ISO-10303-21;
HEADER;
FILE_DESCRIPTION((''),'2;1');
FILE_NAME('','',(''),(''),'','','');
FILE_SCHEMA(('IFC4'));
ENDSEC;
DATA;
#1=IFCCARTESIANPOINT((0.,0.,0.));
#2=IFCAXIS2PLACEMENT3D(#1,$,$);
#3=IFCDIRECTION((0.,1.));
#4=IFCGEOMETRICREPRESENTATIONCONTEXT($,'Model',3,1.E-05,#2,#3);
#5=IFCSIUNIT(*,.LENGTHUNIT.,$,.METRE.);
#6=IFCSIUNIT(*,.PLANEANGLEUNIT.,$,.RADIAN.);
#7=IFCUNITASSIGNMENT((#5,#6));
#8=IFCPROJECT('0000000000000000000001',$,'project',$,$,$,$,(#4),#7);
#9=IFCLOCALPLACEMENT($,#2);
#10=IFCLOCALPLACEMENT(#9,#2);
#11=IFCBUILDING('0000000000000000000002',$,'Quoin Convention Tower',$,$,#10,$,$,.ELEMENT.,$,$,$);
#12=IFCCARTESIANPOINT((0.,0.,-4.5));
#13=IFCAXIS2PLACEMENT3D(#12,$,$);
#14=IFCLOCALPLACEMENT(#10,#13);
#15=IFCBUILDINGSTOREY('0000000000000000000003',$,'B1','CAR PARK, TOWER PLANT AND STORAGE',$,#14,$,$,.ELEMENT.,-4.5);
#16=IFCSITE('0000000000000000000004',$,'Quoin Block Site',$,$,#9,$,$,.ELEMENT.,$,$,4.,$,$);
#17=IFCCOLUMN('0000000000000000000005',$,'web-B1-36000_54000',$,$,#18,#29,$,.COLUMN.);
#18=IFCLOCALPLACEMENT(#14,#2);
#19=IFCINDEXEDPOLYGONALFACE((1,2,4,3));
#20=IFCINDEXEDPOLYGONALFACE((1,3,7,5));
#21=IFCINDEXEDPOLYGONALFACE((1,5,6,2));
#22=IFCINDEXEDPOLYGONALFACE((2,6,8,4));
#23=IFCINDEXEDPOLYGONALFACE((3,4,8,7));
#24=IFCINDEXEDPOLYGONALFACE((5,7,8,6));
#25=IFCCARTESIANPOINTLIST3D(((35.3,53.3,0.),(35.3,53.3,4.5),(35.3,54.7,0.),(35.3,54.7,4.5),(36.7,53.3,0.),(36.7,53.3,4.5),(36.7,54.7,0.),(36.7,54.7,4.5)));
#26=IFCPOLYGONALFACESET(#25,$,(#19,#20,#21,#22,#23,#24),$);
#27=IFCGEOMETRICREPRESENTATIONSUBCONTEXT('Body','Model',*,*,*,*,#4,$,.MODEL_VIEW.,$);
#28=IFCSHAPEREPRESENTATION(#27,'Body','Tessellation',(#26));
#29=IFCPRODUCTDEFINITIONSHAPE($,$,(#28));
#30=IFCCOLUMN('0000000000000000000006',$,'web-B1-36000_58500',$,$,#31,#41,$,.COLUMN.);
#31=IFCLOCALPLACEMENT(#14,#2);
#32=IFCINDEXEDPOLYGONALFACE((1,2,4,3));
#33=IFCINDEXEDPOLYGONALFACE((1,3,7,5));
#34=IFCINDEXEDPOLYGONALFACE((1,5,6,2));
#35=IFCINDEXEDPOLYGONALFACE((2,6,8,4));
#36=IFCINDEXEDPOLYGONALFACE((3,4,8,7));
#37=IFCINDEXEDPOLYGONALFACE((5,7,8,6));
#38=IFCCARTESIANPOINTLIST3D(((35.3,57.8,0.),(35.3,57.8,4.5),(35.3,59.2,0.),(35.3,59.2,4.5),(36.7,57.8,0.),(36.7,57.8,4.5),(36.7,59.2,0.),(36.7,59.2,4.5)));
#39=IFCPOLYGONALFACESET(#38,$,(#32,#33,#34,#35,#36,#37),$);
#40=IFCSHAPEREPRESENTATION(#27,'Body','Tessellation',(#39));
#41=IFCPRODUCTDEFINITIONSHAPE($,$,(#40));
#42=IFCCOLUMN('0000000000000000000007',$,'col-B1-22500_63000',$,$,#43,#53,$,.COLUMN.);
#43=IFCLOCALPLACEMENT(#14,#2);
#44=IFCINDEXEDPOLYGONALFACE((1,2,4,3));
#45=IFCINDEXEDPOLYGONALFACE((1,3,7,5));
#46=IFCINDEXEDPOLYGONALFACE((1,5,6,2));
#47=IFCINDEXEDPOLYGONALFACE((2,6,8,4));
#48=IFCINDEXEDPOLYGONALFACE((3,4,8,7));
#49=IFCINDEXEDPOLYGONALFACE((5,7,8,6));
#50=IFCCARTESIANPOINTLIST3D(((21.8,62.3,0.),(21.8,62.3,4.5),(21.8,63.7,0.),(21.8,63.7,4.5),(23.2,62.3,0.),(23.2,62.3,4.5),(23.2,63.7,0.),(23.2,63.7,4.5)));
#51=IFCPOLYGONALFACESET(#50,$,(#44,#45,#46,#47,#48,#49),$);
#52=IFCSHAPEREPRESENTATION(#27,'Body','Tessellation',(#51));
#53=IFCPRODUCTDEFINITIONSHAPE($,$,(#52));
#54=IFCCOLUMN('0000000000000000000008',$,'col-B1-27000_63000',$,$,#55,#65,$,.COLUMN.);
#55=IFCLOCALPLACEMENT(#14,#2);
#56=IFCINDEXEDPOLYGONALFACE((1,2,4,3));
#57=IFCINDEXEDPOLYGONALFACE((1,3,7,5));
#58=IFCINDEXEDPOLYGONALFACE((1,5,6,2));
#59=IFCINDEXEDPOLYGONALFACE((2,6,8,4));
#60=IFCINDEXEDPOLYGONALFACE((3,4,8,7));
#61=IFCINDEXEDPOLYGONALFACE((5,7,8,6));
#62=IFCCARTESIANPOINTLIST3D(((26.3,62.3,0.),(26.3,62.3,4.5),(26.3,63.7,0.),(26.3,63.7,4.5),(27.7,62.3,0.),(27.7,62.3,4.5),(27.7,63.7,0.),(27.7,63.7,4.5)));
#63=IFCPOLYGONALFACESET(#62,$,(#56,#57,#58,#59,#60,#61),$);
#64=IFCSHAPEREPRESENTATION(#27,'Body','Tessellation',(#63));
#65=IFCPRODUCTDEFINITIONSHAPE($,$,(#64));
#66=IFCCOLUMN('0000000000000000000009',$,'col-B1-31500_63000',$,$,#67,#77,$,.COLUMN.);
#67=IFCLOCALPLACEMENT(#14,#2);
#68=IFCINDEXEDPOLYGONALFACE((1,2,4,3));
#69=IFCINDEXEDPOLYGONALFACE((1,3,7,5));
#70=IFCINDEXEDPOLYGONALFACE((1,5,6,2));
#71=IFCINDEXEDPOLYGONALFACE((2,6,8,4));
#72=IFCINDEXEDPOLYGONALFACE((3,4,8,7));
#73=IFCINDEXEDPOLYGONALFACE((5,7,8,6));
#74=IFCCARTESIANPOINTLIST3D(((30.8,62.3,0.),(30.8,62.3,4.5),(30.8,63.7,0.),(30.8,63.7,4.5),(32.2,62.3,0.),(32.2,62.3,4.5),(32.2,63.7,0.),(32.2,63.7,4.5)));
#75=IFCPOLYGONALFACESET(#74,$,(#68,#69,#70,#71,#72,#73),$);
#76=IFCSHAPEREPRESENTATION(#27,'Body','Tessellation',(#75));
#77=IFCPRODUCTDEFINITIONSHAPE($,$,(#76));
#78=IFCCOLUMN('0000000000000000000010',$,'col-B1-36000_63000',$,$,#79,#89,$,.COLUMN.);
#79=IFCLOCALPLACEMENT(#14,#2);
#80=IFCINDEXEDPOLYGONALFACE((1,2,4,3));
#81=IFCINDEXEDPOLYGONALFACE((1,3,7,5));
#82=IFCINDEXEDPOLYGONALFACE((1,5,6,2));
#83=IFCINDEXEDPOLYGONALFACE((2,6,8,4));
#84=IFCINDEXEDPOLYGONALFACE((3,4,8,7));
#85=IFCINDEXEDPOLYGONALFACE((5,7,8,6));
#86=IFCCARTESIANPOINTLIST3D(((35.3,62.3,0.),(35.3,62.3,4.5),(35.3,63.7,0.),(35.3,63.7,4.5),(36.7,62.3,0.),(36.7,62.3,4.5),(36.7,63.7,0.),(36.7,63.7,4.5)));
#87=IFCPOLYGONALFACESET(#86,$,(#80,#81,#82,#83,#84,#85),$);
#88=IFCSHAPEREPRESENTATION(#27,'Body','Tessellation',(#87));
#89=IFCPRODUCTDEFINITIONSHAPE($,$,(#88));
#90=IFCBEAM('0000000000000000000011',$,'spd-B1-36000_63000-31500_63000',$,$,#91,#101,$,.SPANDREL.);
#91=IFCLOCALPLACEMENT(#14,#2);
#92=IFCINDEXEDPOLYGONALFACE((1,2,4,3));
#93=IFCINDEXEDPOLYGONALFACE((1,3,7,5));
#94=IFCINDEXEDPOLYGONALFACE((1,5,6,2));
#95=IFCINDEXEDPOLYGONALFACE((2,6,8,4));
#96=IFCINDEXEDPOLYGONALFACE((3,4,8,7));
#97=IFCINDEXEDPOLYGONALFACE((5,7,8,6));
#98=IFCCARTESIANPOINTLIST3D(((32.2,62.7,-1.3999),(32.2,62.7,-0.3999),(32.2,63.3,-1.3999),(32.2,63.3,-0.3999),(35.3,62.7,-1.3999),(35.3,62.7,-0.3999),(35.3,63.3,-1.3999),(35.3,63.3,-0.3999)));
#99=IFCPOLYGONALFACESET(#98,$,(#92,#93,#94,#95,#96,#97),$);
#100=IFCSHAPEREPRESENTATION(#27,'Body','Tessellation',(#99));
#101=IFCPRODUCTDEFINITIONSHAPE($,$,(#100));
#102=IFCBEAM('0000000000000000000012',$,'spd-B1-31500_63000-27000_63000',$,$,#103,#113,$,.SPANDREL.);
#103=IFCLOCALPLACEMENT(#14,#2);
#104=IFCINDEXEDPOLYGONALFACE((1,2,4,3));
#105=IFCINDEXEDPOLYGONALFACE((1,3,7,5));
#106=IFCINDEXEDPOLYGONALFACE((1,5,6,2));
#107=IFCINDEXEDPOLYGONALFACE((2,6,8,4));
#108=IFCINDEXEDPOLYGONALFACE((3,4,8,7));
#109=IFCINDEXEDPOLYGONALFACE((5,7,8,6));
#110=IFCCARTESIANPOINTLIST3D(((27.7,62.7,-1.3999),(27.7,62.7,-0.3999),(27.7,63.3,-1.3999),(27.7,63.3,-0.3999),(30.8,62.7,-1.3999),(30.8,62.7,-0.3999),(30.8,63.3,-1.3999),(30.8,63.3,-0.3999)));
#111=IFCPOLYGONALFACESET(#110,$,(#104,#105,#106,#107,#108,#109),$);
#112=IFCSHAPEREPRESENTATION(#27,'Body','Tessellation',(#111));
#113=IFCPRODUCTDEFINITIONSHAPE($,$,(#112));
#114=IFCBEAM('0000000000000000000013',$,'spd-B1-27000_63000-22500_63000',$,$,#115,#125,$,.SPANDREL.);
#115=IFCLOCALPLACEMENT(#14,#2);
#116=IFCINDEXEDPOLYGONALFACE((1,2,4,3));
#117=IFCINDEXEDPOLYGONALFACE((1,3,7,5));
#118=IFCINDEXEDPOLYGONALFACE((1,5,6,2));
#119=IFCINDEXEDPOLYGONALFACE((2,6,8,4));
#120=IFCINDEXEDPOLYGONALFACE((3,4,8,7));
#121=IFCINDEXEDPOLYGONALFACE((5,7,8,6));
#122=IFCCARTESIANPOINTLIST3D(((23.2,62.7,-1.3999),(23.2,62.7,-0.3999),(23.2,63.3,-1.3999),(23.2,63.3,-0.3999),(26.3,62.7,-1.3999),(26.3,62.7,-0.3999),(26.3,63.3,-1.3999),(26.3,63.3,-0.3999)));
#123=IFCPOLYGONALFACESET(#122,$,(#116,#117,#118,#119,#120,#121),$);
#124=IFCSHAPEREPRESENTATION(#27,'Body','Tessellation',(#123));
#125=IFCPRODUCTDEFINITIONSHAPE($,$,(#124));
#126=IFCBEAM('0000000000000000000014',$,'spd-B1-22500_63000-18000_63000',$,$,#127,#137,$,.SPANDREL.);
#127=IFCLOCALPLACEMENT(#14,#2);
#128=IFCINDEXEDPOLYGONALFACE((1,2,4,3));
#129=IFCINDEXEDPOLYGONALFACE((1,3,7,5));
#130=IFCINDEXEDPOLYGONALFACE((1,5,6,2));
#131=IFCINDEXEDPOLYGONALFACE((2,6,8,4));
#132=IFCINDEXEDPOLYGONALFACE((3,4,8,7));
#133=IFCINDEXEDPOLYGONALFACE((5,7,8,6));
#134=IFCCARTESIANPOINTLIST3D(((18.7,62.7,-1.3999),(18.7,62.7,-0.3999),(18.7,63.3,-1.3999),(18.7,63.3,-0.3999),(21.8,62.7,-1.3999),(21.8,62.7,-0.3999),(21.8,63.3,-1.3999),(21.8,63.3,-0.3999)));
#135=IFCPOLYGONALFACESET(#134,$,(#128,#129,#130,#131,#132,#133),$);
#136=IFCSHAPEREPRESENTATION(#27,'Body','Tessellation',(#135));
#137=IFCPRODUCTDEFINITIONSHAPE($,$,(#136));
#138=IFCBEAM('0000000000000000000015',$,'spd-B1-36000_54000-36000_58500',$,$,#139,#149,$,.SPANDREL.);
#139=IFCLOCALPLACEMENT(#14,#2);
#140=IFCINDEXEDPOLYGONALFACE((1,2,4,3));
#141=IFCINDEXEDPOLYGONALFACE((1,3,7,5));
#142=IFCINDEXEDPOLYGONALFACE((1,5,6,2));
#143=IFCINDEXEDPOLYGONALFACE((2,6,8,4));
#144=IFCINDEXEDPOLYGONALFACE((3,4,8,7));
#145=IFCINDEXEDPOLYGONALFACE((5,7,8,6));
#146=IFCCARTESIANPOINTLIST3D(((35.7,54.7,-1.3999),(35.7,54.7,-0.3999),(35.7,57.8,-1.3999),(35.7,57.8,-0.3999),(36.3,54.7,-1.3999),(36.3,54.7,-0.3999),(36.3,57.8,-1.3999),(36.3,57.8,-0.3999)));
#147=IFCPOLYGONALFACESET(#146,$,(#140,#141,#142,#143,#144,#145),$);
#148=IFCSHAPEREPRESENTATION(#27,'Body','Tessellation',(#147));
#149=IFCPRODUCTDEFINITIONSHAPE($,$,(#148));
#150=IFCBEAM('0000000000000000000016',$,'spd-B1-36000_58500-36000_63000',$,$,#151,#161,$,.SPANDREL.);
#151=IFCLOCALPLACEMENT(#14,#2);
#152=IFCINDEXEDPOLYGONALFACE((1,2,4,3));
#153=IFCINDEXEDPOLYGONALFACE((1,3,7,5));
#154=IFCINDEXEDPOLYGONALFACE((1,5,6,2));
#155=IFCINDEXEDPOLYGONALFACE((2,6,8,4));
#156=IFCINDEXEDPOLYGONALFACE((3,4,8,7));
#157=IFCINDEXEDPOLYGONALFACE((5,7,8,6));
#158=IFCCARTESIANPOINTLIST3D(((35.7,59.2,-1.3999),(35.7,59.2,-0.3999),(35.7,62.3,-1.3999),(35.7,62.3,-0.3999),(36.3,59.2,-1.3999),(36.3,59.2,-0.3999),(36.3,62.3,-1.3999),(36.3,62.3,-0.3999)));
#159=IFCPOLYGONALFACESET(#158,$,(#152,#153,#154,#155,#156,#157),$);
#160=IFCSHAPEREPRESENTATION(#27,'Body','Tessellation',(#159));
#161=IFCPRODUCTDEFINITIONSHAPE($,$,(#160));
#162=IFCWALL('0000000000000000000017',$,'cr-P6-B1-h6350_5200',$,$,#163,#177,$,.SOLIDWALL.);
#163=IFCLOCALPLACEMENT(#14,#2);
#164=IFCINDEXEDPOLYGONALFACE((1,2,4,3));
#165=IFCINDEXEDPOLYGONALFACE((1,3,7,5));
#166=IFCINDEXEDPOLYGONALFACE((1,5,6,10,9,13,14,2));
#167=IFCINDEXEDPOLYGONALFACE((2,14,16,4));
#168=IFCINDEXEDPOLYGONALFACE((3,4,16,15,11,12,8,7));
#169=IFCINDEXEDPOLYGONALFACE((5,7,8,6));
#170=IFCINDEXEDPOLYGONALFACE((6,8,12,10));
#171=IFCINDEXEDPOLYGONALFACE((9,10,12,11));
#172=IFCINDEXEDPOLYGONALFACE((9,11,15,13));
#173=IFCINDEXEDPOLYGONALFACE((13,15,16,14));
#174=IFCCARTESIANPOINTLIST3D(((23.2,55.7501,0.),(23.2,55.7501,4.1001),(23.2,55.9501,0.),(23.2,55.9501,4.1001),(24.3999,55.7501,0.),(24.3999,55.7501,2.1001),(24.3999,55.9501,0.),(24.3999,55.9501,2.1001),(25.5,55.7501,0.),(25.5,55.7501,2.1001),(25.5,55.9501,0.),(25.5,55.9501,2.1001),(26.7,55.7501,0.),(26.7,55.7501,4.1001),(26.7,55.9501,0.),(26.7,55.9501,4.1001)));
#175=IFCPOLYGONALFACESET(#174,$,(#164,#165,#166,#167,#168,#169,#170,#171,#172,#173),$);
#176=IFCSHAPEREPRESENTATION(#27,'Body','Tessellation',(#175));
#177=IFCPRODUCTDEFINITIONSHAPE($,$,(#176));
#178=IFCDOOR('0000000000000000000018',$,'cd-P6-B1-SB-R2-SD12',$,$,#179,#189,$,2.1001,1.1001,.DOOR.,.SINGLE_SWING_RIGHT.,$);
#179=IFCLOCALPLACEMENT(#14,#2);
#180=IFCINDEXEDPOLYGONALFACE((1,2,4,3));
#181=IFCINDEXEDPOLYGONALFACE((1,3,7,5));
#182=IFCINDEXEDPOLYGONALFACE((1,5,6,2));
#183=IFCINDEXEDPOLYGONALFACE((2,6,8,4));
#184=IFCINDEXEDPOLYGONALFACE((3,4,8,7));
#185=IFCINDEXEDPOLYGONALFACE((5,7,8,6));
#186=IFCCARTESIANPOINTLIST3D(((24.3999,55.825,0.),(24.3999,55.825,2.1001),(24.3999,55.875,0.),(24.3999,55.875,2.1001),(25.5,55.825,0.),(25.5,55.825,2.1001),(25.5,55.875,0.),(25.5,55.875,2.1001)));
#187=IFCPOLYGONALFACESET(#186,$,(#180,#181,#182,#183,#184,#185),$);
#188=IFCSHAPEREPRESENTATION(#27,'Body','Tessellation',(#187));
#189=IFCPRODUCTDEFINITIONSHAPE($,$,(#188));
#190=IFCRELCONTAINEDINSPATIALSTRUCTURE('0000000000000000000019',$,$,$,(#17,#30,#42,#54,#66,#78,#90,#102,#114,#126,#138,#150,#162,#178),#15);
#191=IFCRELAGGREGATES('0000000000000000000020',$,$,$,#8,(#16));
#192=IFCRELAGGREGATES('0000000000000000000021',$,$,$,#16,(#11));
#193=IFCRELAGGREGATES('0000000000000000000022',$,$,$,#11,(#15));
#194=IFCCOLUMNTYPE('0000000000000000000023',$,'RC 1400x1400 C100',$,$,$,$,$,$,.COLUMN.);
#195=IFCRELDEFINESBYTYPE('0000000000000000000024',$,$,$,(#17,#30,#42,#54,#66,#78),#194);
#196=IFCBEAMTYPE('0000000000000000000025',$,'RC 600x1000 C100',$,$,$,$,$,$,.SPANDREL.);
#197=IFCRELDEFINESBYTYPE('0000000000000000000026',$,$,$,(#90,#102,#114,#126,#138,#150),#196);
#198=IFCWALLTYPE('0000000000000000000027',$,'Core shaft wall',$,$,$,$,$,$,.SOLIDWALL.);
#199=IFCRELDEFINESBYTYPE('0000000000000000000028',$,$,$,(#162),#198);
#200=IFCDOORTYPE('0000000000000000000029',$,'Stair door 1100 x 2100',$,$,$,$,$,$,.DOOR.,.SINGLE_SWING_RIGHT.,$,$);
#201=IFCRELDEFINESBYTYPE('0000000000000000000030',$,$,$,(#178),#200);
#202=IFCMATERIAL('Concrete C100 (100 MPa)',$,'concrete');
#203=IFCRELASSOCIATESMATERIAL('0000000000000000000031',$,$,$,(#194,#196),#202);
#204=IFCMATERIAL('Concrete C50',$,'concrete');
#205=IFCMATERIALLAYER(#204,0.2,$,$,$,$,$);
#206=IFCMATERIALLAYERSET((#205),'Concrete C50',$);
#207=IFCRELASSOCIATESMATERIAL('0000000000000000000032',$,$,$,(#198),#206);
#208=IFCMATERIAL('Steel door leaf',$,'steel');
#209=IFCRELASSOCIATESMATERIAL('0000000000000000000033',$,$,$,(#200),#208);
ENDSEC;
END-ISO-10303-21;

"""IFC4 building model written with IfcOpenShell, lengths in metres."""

from ifc_helpers import new_model, si_unit, direction, frame, frame_2d, origin, origin_2d, place, context, subcontext, project, spatial, rectangle, extrude, material, layer, layer_set, material_profile, profile_set, type_object, element, fill, save


model = new_model("IFC4")

# Units and contexts
model_context = context("Model", 3, precision=1e-05, world=origin(), true_north=direction((0.0, 1.0)))
body_context = subcontext(model_context, "Body", "Model", "MODEL_VIEW")
ifc_project = project(units=[si_unit("LENGTHUNIT", "METRE"), si_unit("PLANEANGLEUNIT", "RADIAN")], contexts=[model_context])

# Site, building, storey
site_placement = place(None, origin())
site = spatial("IfcSite", under=ifc_project, at=site_placement, Name="Quoin Block Site", CompositionType="ELEMENT", RefElevation=4.0)
building_placement = place(site_placement, origin())
building = spatial("IfcBuilding", under=site, at=building_placement, Name="Quoin Convention Tower", CompositionType="ELEMENT")
storey_placement = place(building_placement, frame((0.0, 0.0, -4.5)))
storey = spatial("IfcBuildingStorey", under=building, at=storey_placement, Name="B1", Description="CAR PARK, TOWER PLANT AND STORAGE", CompositionType="ELEMENT", Elevation=-4.5)

# Columns
ifc_material_1 = material(Name="Concrete C100 (100 MPa)", Category="concrete")
ifc_material_profile_1 = material_profile(ifc_material_1, rectangle(XDim=1.3999, YDim=1.3999, at=origin_2d()), Name="RC 1400x1400")
ifc_profile_set_1 = profile_set([ifc_material_profile_1], Name="Concrete C100 (100 MPa)")
column_type = type_object("IfcColumnType", Name="RC 1400x1400 C100", PredefinedType="COLUMN", material=ifc_profile_set_1)
for number, where, z_axis, x_axis, name in (
    (1, (36.0, 54.0, 0.0), (0.0, 0.0, 1.0), (1.0, 0.0, 0.0), "web-B1-36000_54000"),
    (2, (36.0, 58.5, 0.0), (0.0, 0.0, 1.0), (1.0, 0.0, 0.0), "web-B1-36000_58500"),
    (3, (22.5, 63.0, 0.0), (0.0, 0.0, 1.0), (1.0, 0.0, 0.0), "col-B1-22500_63000"),
    (4, (27.0, 63.0, 0.0), (0.0, 0.0, 1.0), (1.0, 0.0, 0.0), "col-B1-27000_63000"),
    (5, (31.5, 63.0, 0.0), (0.0, 0.0, 1.0), (1.0, 0.0, 0.0), "col-B1-31500_63000"),
    (6, (36.0, 63.0, 0.0), (0.0, 0.0, 1.0), (1.0, 0.0, 0.0), "col-B1-36000_63000"),
):
    element("IfcColumn", number, at=place(storey_placement, frame(where, z_axis=z_axis, x_axis=x_axis)), inside=storey, type_object=column_type, Name=name, PredefinedType="COLUMN", context=body_context, shape_type="SweptSolid", body=[
        extrude(rectangle(XDim=1.3999, YDim=1.3999, at=origin_2d()), origin(), (0.0, 0.0, 1.0), 4.5),
    ])

# Beams
ifc_material_profile_2 = material_profile(ifc_material_1, rectangle(XDim=0.6001, YDim=1.0, at=origin_2d()), Name="RC 600x1000")
ifc_profile_set_2 = profile_set([ifc_material_profile_2], Name="Concrete C100 (100 MPa)")
beam_type = type_object("IfcBeamType", Name="RC 600x1000 C100", PredefinedType="SPANDREL", material=ifc_profile_set_2)
for number, where, z_axis, x_axis, name in (
    (7, (35.3, 63.0, -0.8999), (-1.0, 0.0, 0.0), (0.0, -1.0, 0.0), "spd-B1-36000_63000-31500_63000"),
    (8, (30.8, 63.0, -0.8999), (-1.0, 0.0, 0.0), (0.0, -1.0, 0.0), "spd-B1-31500_63000-27000_63000"),
    (9, (26.3, 63.0, -0.8999), (-1.0, 0.0, 0.0), (0.0, -1.0, 0.0), "spd-B1-27000_63000-22500_63000"),
    (10, (21.8, 63.0, -0.8999), (-1.0, 0.0, 0.0), (0.0, -1.0, 0.0), "spd-B1-22500_63000-18000_63000"),
    (11, (36.0, 54.7, -0.8999), (0.0, 1.0, 0.0), (-1.0, 0.0, 0.0), "spd-B1-36000_54000-36000_58500"),
    (12, (36.0, 59.2, -0.8999), (0.0, 1.0, 0.0), (-1.0, 0.0, 0.0), "spd-B1-36000_58500-36000_63000"),
):
    element("IfcBeam", number, at=place(storey_placement, frame(where, z_axis=z_axis, x_axis=x_axis)), inside=storey, type_object=beam_type, Name=name, PredefinedType="SPANDREL", context=body_context, shape_type="SweptSolid", body=[
        extrude(rectangle(XDim=0.6001, YDim=1.0, at=origin_2d()), origin(), (0.0, 0.0, 1.0), 3.1001),
    ])

# Wall, opening, door
ifc_material_2 = material(Name="Concrete C50", Category="concrete")
ifc_layer_1 = layer(ifc_material_2, 0.2)
ifc_layer_set_1 = layer_set([ifc_layer_1], Name="Concrete C50")
wall_type_1 = type_object("IfcWallType", Name="Core shaft wall", PredefinedType="SOLIDWALL", material=ifc_layer_set_1)
wall_1_placement = place(storey_placement, frame((23.2, 55.8501, 0.0), z_axis=(0.0, 0.0, 1.0), x_axis=(1.0, 0.0, 0.0)))
wall_1 = element("IfcWall", 13, at=wall_1_placement, inside=storey, type_object=wall_type_1, Name="cr-P6-B1-h6350_5200", PredefinedType="SOLIDWALL", context=body_context, shape_type="SweptSolid", body=[
    extrude(rectangle(XDim=3.5, YDim=0.2, at=frame_2d((1.75, 0.0))), origin(), (0.0, 0.0, 1.0), 4.1001),
])
opening_1_placement = place(wall_1_placement, frame((1.2, 0.0, 0.0)))
opening_1 = element("IfcOpeningElement", 14, at=opening_1_placement, cuts=wall_1, PredefinedType="OPENING", context=body_context, shape_type="SweptSolid", body=[
    extrude(rectangle(XDim=1.1001, YDim=2.1001, at=frame_2d((0.55, 1.05))), frame((0.0, 0.1099, 0.0), z_axis=(0.0, -1.0, 0.0), x_axis=(1.0, 0.0, 0.0)), (0.0, 0.0, 1.0), 0.22),
])
ifc_material_3 = material(Name="Steel door leaf", Category="steel")
door_type = type_object("IfcDoorType", Name="Stair door 1100 x 2100", OperationType="SINGLE_SWING_RIGHT", PredefinedType="DOOR", material=ifc_material_3)
door_1_placement = place(opening_1_placement, origin())
door_1 = element("IfcDoor", 15, at=door_1_placement, inside=storey, type_object=door_type, Name="cd-P6-B1-SB-R2-SD12", OperationType="SINGLE_SWING_RIGHT", OverallHeight=2.1001, OverallWidth=1.1001, PredefinedType="DOOR", context=body_context, shape_type="SweptSolid", body=[
    extrude(rectangle(XDim=1.1001, YDim=2.1001, at=frame_2d((0.55, 1.05))), frame((0.0, 0.0249, 0.0), z_axis=(0.0, -1.0, 0.0), x_axis=(1.0, 0.0, 0.0)), (0.0, 0.0, 1.0), 0.05),
])
fill(opening_1, door_1)

save(model, "model.ifc")
